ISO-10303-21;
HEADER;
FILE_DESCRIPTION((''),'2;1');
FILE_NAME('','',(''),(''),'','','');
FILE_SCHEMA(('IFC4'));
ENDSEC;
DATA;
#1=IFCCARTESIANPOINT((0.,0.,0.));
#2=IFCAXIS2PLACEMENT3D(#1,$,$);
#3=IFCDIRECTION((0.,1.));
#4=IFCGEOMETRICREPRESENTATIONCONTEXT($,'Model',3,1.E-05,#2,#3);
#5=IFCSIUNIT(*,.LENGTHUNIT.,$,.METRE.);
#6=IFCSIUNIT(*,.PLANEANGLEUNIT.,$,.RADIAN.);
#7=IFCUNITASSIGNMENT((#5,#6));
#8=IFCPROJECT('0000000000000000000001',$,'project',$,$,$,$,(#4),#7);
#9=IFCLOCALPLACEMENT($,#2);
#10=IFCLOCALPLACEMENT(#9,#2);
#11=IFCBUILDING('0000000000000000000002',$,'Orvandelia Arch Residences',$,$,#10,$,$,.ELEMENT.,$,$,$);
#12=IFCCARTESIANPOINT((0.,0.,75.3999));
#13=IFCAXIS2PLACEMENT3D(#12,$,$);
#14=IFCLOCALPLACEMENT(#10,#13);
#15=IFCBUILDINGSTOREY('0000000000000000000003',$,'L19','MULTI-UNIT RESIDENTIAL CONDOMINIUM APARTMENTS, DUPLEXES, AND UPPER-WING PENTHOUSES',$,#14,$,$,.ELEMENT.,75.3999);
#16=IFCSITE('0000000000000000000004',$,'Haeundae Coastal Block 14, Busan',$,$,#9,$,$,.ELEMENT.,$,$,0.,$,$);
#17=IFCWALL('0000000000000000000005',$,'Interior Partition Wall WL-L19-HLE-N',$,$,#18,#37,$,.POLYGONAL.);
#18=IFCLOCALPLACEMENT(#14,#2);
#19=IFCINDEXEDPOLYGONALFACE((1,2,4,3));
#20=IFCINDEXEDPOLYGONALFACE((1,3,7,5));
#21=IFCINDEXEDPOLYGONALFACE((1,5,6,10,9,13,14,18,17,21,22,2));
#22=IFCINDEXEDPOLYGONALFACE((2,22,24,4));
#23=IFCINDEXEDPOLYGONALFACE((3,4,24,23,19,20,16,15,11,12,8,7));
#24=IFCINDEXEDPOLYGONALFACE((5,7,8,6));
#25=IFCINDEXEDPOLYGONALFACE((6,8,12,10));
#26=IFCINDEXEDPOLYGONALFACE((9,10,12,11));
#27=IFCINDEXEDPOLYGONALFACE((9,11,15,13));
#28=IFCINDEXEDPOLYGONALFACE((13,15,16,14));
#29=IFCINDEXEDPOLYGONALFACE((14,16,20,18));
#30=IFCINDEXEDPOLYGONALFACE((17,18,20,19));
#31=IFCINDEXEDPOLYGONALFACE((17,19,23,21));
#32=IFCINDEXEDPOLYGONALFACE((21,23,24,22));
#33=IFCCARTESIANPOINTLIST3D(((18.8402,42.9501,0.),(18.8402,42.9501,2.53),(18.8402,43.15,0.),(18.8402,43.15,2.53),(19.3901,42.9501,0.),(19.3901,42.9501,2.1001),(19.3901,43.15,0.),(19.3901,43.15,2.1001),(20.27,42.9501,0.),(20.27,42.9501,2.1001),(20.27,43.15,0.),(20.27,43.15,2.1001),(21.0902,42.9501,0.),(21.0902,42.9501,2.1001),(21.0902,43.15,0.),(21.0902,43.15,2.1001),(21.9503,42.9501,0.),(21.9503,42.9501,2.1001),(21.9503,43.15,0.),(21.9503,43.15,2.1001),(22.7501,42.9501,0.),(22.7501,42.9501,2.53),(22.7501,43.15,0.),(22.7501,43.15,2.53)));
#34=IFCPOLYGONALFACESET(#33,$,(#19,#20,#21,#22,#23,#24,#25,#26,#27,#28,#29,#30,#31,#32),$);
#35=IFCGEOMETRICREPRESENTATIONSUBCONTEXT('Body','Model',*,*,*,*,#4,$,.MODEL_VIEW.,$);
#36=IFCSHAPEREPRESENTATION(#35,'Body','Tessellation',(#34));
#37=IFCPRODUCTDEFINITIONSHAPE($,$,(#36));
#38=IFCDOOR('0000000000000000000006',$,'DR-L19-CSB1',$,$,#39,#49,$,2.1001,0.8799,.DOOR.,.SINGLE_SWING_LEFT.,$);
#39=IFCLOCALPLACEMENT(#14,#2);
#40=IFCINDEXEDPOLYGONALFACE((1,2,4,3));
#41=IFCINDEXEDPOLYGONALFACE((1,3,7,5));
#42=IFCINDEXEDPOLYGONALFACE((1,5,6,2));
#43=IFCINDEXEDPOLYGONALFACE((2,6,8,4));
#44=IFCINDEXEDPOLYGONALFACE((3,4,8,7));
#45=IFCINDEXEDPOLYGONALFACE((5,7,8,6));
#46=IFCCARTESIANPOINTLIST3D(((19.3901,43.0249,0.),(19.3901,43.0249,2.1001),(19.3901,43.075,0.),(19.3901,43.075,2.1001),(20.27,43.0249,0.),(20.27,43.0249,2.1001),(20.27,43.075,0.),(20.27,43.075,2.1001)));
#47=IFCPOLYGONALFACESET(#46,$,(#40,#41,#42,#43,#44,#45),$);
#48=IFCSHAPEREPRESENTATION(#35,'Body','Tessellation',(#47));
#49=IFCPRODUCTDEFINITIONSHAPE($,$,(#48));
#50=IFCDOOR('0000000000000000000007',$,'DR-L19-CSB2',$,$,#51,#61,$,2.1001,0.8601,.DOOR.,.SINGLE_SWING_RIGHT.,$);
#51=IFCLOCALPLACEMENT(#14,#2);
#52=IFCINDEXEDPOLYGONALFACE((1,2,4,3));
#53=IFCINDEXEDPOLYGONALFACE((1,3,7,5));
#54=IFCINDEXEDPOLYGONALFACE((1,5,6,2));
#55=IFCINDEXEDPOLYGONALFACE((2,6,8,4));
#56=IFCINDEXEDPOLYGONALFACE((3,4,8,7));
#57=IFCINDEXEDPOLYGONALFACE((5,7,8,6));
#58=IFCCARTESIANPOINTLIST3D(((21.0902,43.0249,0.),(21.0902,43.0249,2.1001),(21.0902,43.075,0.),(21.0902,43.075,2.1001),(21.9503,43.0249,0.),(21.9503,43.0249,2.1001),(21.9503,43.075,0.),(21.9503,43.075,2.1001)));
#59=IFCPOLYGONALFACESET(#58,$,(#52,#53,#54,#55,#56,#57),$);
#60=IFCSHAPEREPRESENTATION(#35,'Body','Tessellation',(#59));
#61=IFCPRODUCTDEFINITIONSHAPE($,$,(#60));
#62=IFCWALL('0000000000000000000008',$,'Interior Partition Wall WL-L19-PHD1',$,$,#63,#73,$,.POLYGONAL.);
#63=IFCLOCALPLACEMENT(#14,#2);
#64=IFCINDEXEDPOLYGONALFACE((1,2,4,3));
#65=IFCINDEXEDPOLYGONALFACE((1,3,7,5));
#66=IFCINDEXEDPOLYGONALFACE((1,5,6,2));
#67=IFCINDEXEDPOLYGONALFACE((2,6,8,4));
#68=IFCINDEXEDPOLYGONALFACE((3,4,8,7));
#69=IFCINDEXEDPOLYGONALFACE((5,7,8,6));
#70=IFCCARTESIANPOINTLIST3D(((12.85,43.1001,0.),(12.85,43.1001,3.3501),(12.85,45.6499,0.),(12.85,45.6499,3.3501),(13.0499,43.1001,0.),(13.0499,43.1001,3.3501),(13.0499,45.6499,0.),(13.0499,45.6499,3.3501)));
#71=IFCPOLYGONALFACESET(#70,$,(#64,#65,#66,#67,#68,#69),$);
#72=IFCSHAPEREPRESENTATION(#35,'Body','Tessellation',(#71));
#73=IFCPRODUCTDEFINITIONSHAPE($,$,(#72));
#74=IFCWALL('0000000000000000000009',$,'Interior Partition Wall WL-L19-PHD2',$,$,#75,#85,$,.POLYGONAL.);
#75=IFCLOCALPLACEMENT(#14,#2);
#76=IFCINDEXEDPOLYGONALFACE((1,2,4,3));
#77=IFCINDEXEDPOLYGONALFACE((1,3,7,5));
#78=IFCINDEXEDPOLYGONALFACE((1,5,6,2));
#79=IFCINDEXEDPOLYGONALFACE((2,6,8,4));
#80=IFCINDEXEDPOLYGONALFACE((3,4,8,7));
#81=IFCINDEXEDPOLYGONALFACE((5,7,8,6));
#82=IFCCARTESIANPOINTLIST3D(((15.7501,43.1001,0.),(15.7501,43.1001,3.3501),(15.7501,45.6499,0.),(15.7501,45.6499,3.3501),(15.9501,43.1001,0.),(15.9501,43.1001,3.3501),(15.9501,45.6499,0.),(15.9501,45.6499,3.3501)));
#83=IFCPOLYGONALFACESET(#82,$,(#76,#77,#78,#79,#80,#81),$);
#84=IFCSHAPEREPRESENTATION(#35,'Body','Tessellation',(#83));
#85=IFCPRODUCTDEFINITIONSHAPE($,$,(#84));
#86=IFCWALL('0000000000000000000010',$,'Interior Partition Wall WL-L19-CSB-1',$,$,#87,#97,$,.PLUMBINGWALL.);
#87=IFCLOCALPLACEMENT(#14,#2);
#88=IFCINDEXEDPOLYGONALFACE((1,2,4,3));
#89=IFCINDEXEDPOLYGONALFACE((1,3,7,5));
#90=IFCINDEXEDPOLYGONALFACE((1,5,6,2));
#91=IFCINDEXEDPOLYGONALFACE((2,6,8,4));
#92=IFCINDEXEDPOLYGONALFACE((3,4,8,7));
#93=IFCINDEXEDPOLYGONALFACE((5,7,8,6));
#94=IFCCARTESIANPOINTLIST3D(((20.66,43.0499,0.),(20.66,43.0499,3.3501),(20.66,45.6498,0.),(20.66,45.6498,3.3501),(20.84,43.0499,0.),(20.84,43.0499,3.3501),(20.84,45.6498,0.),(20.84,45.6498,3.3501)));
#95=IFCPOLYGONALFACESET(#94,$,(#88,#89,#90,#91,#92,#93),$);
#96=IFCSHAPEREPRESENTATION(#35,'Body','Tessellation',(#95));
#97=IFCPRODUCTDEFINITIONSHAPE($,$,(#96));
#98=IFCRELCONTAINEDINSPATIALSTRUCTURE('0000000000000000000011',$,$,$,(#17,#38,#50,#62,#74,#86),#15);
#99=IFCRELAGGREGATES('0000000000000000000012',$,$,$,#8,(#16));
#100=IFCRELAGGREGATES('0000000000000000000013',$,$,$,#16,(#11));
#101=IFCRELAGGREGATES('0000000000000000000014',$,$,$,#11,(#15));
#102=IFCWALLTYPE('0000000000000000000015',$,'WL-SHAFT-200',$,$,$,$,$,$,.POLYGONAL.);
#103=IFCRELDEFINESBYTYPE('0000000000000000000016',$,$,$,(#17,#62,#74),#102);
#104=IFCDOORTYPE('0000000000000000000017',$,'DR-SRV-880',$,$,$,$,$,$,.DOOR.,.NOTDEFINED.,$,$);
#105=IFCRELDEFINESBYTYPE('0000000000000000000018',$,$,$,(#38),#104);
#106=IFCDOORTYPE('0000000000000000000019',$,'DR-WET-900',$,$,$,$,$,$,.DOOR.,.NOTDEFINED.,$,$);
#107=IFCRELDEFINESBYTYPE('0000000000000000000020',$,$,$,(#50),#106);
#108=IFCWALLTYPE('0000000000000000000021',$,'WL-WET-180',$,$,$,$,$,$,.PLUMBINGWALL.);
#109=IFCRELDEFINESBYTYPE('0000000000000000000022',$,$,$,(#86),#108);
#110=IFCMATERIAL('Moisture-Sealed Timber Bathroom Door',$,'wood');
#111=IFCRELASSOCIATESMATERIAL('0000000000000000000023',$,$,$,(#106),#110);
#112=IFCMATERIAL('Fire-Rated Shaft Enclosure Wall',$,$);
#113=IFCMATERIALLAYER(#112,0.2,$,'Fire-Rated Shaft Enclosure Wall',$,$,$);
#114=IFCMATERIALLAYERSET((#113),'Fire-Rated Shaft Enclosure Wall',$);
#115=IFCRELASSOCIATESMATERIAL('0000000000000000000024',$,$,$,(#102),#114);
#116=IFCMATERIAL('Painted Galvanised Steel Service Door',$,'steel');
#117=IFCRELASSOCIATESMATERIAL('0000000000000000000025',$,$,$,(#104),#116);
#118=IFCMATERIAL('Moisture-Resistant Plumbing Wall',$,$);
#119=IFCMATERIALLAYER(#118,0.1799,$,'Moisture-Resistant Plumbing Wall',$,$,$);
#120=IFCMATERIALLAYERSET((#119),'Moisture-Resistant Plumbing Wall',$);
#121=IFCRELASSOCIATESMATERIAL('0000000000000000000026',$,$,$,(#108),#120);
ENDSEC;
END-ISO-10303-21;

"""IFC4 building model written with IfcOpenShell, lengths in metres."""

from ifc_helpers import new_model, si_unit, direction, frame, frame_2d, origin, place, context, subcontext, project, spatial, rectangle, extrude, material, layer, layer_set, type_object, element, fill, save


model = new_model("IFC4")

# Units and contexts
model_context = context("Model", 3, precision=1e-05, world=origin(), true_north=direction((0.0, 1.0)))
body_context = subcontext(model_context, "Body", "Model", "MODEL_VIEW")
ifc_project = project(units=[si_unit("LENGTHUNIT", "METRE"), si_unit("PLANEANGLEUNIT", "RADIAN")], contexts=[model_context])

# Site, building, storey
site_placement = place(None, origin())
site = spatial("IfcSite", under=ifc_project, at=site_placement, Name="Haeundae Coastal Block 14, Busan", CompositionType="ELEMENT", RefElevation=0.0)
building_placement = place(site_placement, origin())
building = spatial("IfcBuilding", under=site, at=building_placement, Name="Orvandelia Arch Residences", CompositionType="ELEMENT")
storey_placement = place(building_placement, frame((0.0, 0.0, 75.3999)))
storey = spatial("IfcBuildingStorey", under=building, at=storey_placement, Name="L19", Description="MULTI-UNIT RESIDENTIAL CONDOMINIUM APARTMENTS, DUPLEXES, AND UPPER-WING PENTHOUSES", CompositionType="ELEMENT", Elevation=75.3999)

# Shared definitions
ifc_material_1 = material(Name="Moisture-Sealed Timber Bathroom Door", Category="wood")
door_type_1 = type_object("IfcDoorType", Name="DR-WET-900", OperationType="NOTDEFINED", PredefinedType="DOOR", material=ifc_material_1)

# Shared definitions
ifc_material_2 = material(Name="Fire-Rated Shaft Enclosure Wall")
ifc_layer_1 = layer(ifc_material_2, 0.2, Name="Fire-Rated Shaft Enclosure Wall")
ifc_layer_set_1 = layer_set([ifc_layer_1], Name="Fire-Rated Shaft Enclosure Wall")
wall_type_1 = type_object("IfcWallType", Name="WL-SHAFT-200", PredefinedType="POLYGONAL", material=ifc_layer_set_1)

# Wall, openings, doors
ifc_material_3 = material(Name="Painted Galvanised Steel Service Door", Category="steel")
door_type_2 = type_object("IfcDoorType", Name="DR-SRV-880", OperationType="NOTDEFINED", PredefinedType="DOOR", material=ifc_material_3)
wall_1_placement = place(storey_placement, frame((18.8401, 43.05, 0.0), z_axis=(0.0, 0.0, 1.0), x_axis=(1.0, 0.0, 0.0)))
wall_1 = element("IfcWall", 1, at=wall_1_placement, inside=storey, type_object=wall_type_1, Name="Interior Partition Wall WL-L19-HLE-N", PredefinedType="POLYGONAL", context=body_context, shape_type="SweptSolid", body=[
    extrude(rectangle(XDim=3.9099, YDim=0.2, at=frame_2d((1.9551, 0.0))), origin(), (0.0, 0.0, 1.0), 2.53),
])
opening_1_placement = place(wall_1_placement, frame((0.55, 0.0, 0.0)))
opening_1 = element("IfcOpeningElement", 2, at=opening_1_placement, cuts=wall_1, PredefinedType="OPENING", context=body_context, shape_type="SweptSolid", body=[
    extrude(rectangle(XDim=0.8799, YDim=2.1001, at=frame_2d((0.4399, 1.05))), frame((0.0, 0.1099, 0.0), z_axis=(0.0, -1.0, 0.0), x_axis=(1.0, 0.0, 0.0)), (0.0, 0.0, 1.0), 0.22),
])
opening_2_placement = place(wall_1_placement, frame((2.25, 0.0, 0.0)))
opening_2 = element("IfcOpeningElement", 3, at=opening_2_placement, cuts=wall_1, PredefinedType="OPENING", context=body_context, shape_type="SweptSolid", body=[
    extrude(rectangle(XDim=0.8601, YDim=2.1001, at=frame_2d((0.4302, 1.05))), frame((0.0, 0.1099, 0.0), z_axis=(0.0, -1.0, 0.0), x_axis=(1.0, 0.0, 0.0)), (0.0, 0.0, 1.0), 0.22),
])
door_1_placement = place(opening_1_placement, origin())
door_1 = element("IfcDoor", 4, at=door_1_placement, inside=storey, type_object=door_type_2, Name="DR-L19-CSB1", OperationType="SINGLE_SWING_LEFT", OverallHeight=2.1001, OverallWidth=0.8799, PredefinedType="DOOR", context=body_context, shape_type="SweptSolid", body=[
    extrude(rectangle(XDim=0.8799, YDim=2.1001, at=frame_2d((0.4399, 1.05))), frame((0.0, 0.0249, 0.0), z_axis=(0.0, -1.0, 0.0), x_axis=(1.0, 0.0, 0.0)), (0.0, 0.0, 1.0), 0.05),
])
fill(opening_1, door_1)
door_2_placement = place(opening_2_placement, origin())
door_2 = element("IfcDoor", 5, at=door_2_placement, inside=storey, type_object=door_type_1, Name="DR-L19-CSB2", OperationType="SINGLE_SWING_RIGHT", OverallHeight=2.1001, OverallWidth=0.8601, PredefinedType="DOOR", context=body_context, shape_type="SweptSolid", body=[
    extrude(rectangle(XDim=0.8601, YDim=2.1001, at=frame_2d((0.4302, 1.05))), frame((0.0, 0.0249, 0.0), z_axis=(0.0, -1.0, 0.0), x_axis=(1.0, 0.0, 0.0)), (0.0, 0.0, 1.0), 0.05),
])
fill(opening_2, door_2)

# Walls
for number, where, z_axis, x_axis, name in (
    (6, (12.95, 43.1001, 0.0), (0.0, 0.0, 1.0), (0.0, 1.0, 0.0), "Interior Partition Wall WL-L19-PHD1"),
    (7, (15.8501, 43.1001, 0.0), (0.0, 0.0, 1.0), (0.0, 1.0, 0.0), "Interior Partition Wall WL-L19-PHD2"),
):
    element("IfcWall", number, at=place(storey_placement, frame(where, z_axis=z_axis, x_axis=x_axis)), inside=storey, type_object=wall_type_1, Name=name, PredefinedType="POLYGONAL", context=body_context, shape_type="SweptSolid", body=[
        extrude(rectangle(XDim=2.5498, YDim=0.2, at=frame_2d((1.2749, 0.0))), origin(), (0.0, 0.0, 1.0), 3.3501),
    ])
ifc_material_4 = material(Name="Moisture-Resistant Plumbing Wall")
ifc_layer_2 = layer(ifc_material_4, 0.1799, Name="Moisture-Resistant Plumbing Wall")
ifc_layer_set_2 = layer_set([ifc_layer_2], Name="Moisture-Resistant Plumbing Wall")
wall_type_2 = type_object("IfcWallType", Name="WL-WET-180", PredefinedType="PLUMBINGWALL", material=ifc_layer_set_2)
wall_2_placement = place(storey_placement, frame((20.75, 43.05, 0.0), z_axis=(0.0, 0.0, 1.0), x_axis=(0.0, 1.0, 0.0)))
element("IfcWall", 8, at=wall_2_placement, inside=storey, type_object=wall_type_2, Name="Interior Partition Wall WL-L19-CSB-1", PredefinedType="PLUMBINGWALL", context=body_context, shape_type="SweptSolid", body=[
    extrude(rectangle(XDim=2.5999, YDim=0.1799, at=frame_2d((1.2998, 0.0))), origin(), (0.0, 0.0, 1.0), 3.3501),
])

save(model, "model.ifc")
